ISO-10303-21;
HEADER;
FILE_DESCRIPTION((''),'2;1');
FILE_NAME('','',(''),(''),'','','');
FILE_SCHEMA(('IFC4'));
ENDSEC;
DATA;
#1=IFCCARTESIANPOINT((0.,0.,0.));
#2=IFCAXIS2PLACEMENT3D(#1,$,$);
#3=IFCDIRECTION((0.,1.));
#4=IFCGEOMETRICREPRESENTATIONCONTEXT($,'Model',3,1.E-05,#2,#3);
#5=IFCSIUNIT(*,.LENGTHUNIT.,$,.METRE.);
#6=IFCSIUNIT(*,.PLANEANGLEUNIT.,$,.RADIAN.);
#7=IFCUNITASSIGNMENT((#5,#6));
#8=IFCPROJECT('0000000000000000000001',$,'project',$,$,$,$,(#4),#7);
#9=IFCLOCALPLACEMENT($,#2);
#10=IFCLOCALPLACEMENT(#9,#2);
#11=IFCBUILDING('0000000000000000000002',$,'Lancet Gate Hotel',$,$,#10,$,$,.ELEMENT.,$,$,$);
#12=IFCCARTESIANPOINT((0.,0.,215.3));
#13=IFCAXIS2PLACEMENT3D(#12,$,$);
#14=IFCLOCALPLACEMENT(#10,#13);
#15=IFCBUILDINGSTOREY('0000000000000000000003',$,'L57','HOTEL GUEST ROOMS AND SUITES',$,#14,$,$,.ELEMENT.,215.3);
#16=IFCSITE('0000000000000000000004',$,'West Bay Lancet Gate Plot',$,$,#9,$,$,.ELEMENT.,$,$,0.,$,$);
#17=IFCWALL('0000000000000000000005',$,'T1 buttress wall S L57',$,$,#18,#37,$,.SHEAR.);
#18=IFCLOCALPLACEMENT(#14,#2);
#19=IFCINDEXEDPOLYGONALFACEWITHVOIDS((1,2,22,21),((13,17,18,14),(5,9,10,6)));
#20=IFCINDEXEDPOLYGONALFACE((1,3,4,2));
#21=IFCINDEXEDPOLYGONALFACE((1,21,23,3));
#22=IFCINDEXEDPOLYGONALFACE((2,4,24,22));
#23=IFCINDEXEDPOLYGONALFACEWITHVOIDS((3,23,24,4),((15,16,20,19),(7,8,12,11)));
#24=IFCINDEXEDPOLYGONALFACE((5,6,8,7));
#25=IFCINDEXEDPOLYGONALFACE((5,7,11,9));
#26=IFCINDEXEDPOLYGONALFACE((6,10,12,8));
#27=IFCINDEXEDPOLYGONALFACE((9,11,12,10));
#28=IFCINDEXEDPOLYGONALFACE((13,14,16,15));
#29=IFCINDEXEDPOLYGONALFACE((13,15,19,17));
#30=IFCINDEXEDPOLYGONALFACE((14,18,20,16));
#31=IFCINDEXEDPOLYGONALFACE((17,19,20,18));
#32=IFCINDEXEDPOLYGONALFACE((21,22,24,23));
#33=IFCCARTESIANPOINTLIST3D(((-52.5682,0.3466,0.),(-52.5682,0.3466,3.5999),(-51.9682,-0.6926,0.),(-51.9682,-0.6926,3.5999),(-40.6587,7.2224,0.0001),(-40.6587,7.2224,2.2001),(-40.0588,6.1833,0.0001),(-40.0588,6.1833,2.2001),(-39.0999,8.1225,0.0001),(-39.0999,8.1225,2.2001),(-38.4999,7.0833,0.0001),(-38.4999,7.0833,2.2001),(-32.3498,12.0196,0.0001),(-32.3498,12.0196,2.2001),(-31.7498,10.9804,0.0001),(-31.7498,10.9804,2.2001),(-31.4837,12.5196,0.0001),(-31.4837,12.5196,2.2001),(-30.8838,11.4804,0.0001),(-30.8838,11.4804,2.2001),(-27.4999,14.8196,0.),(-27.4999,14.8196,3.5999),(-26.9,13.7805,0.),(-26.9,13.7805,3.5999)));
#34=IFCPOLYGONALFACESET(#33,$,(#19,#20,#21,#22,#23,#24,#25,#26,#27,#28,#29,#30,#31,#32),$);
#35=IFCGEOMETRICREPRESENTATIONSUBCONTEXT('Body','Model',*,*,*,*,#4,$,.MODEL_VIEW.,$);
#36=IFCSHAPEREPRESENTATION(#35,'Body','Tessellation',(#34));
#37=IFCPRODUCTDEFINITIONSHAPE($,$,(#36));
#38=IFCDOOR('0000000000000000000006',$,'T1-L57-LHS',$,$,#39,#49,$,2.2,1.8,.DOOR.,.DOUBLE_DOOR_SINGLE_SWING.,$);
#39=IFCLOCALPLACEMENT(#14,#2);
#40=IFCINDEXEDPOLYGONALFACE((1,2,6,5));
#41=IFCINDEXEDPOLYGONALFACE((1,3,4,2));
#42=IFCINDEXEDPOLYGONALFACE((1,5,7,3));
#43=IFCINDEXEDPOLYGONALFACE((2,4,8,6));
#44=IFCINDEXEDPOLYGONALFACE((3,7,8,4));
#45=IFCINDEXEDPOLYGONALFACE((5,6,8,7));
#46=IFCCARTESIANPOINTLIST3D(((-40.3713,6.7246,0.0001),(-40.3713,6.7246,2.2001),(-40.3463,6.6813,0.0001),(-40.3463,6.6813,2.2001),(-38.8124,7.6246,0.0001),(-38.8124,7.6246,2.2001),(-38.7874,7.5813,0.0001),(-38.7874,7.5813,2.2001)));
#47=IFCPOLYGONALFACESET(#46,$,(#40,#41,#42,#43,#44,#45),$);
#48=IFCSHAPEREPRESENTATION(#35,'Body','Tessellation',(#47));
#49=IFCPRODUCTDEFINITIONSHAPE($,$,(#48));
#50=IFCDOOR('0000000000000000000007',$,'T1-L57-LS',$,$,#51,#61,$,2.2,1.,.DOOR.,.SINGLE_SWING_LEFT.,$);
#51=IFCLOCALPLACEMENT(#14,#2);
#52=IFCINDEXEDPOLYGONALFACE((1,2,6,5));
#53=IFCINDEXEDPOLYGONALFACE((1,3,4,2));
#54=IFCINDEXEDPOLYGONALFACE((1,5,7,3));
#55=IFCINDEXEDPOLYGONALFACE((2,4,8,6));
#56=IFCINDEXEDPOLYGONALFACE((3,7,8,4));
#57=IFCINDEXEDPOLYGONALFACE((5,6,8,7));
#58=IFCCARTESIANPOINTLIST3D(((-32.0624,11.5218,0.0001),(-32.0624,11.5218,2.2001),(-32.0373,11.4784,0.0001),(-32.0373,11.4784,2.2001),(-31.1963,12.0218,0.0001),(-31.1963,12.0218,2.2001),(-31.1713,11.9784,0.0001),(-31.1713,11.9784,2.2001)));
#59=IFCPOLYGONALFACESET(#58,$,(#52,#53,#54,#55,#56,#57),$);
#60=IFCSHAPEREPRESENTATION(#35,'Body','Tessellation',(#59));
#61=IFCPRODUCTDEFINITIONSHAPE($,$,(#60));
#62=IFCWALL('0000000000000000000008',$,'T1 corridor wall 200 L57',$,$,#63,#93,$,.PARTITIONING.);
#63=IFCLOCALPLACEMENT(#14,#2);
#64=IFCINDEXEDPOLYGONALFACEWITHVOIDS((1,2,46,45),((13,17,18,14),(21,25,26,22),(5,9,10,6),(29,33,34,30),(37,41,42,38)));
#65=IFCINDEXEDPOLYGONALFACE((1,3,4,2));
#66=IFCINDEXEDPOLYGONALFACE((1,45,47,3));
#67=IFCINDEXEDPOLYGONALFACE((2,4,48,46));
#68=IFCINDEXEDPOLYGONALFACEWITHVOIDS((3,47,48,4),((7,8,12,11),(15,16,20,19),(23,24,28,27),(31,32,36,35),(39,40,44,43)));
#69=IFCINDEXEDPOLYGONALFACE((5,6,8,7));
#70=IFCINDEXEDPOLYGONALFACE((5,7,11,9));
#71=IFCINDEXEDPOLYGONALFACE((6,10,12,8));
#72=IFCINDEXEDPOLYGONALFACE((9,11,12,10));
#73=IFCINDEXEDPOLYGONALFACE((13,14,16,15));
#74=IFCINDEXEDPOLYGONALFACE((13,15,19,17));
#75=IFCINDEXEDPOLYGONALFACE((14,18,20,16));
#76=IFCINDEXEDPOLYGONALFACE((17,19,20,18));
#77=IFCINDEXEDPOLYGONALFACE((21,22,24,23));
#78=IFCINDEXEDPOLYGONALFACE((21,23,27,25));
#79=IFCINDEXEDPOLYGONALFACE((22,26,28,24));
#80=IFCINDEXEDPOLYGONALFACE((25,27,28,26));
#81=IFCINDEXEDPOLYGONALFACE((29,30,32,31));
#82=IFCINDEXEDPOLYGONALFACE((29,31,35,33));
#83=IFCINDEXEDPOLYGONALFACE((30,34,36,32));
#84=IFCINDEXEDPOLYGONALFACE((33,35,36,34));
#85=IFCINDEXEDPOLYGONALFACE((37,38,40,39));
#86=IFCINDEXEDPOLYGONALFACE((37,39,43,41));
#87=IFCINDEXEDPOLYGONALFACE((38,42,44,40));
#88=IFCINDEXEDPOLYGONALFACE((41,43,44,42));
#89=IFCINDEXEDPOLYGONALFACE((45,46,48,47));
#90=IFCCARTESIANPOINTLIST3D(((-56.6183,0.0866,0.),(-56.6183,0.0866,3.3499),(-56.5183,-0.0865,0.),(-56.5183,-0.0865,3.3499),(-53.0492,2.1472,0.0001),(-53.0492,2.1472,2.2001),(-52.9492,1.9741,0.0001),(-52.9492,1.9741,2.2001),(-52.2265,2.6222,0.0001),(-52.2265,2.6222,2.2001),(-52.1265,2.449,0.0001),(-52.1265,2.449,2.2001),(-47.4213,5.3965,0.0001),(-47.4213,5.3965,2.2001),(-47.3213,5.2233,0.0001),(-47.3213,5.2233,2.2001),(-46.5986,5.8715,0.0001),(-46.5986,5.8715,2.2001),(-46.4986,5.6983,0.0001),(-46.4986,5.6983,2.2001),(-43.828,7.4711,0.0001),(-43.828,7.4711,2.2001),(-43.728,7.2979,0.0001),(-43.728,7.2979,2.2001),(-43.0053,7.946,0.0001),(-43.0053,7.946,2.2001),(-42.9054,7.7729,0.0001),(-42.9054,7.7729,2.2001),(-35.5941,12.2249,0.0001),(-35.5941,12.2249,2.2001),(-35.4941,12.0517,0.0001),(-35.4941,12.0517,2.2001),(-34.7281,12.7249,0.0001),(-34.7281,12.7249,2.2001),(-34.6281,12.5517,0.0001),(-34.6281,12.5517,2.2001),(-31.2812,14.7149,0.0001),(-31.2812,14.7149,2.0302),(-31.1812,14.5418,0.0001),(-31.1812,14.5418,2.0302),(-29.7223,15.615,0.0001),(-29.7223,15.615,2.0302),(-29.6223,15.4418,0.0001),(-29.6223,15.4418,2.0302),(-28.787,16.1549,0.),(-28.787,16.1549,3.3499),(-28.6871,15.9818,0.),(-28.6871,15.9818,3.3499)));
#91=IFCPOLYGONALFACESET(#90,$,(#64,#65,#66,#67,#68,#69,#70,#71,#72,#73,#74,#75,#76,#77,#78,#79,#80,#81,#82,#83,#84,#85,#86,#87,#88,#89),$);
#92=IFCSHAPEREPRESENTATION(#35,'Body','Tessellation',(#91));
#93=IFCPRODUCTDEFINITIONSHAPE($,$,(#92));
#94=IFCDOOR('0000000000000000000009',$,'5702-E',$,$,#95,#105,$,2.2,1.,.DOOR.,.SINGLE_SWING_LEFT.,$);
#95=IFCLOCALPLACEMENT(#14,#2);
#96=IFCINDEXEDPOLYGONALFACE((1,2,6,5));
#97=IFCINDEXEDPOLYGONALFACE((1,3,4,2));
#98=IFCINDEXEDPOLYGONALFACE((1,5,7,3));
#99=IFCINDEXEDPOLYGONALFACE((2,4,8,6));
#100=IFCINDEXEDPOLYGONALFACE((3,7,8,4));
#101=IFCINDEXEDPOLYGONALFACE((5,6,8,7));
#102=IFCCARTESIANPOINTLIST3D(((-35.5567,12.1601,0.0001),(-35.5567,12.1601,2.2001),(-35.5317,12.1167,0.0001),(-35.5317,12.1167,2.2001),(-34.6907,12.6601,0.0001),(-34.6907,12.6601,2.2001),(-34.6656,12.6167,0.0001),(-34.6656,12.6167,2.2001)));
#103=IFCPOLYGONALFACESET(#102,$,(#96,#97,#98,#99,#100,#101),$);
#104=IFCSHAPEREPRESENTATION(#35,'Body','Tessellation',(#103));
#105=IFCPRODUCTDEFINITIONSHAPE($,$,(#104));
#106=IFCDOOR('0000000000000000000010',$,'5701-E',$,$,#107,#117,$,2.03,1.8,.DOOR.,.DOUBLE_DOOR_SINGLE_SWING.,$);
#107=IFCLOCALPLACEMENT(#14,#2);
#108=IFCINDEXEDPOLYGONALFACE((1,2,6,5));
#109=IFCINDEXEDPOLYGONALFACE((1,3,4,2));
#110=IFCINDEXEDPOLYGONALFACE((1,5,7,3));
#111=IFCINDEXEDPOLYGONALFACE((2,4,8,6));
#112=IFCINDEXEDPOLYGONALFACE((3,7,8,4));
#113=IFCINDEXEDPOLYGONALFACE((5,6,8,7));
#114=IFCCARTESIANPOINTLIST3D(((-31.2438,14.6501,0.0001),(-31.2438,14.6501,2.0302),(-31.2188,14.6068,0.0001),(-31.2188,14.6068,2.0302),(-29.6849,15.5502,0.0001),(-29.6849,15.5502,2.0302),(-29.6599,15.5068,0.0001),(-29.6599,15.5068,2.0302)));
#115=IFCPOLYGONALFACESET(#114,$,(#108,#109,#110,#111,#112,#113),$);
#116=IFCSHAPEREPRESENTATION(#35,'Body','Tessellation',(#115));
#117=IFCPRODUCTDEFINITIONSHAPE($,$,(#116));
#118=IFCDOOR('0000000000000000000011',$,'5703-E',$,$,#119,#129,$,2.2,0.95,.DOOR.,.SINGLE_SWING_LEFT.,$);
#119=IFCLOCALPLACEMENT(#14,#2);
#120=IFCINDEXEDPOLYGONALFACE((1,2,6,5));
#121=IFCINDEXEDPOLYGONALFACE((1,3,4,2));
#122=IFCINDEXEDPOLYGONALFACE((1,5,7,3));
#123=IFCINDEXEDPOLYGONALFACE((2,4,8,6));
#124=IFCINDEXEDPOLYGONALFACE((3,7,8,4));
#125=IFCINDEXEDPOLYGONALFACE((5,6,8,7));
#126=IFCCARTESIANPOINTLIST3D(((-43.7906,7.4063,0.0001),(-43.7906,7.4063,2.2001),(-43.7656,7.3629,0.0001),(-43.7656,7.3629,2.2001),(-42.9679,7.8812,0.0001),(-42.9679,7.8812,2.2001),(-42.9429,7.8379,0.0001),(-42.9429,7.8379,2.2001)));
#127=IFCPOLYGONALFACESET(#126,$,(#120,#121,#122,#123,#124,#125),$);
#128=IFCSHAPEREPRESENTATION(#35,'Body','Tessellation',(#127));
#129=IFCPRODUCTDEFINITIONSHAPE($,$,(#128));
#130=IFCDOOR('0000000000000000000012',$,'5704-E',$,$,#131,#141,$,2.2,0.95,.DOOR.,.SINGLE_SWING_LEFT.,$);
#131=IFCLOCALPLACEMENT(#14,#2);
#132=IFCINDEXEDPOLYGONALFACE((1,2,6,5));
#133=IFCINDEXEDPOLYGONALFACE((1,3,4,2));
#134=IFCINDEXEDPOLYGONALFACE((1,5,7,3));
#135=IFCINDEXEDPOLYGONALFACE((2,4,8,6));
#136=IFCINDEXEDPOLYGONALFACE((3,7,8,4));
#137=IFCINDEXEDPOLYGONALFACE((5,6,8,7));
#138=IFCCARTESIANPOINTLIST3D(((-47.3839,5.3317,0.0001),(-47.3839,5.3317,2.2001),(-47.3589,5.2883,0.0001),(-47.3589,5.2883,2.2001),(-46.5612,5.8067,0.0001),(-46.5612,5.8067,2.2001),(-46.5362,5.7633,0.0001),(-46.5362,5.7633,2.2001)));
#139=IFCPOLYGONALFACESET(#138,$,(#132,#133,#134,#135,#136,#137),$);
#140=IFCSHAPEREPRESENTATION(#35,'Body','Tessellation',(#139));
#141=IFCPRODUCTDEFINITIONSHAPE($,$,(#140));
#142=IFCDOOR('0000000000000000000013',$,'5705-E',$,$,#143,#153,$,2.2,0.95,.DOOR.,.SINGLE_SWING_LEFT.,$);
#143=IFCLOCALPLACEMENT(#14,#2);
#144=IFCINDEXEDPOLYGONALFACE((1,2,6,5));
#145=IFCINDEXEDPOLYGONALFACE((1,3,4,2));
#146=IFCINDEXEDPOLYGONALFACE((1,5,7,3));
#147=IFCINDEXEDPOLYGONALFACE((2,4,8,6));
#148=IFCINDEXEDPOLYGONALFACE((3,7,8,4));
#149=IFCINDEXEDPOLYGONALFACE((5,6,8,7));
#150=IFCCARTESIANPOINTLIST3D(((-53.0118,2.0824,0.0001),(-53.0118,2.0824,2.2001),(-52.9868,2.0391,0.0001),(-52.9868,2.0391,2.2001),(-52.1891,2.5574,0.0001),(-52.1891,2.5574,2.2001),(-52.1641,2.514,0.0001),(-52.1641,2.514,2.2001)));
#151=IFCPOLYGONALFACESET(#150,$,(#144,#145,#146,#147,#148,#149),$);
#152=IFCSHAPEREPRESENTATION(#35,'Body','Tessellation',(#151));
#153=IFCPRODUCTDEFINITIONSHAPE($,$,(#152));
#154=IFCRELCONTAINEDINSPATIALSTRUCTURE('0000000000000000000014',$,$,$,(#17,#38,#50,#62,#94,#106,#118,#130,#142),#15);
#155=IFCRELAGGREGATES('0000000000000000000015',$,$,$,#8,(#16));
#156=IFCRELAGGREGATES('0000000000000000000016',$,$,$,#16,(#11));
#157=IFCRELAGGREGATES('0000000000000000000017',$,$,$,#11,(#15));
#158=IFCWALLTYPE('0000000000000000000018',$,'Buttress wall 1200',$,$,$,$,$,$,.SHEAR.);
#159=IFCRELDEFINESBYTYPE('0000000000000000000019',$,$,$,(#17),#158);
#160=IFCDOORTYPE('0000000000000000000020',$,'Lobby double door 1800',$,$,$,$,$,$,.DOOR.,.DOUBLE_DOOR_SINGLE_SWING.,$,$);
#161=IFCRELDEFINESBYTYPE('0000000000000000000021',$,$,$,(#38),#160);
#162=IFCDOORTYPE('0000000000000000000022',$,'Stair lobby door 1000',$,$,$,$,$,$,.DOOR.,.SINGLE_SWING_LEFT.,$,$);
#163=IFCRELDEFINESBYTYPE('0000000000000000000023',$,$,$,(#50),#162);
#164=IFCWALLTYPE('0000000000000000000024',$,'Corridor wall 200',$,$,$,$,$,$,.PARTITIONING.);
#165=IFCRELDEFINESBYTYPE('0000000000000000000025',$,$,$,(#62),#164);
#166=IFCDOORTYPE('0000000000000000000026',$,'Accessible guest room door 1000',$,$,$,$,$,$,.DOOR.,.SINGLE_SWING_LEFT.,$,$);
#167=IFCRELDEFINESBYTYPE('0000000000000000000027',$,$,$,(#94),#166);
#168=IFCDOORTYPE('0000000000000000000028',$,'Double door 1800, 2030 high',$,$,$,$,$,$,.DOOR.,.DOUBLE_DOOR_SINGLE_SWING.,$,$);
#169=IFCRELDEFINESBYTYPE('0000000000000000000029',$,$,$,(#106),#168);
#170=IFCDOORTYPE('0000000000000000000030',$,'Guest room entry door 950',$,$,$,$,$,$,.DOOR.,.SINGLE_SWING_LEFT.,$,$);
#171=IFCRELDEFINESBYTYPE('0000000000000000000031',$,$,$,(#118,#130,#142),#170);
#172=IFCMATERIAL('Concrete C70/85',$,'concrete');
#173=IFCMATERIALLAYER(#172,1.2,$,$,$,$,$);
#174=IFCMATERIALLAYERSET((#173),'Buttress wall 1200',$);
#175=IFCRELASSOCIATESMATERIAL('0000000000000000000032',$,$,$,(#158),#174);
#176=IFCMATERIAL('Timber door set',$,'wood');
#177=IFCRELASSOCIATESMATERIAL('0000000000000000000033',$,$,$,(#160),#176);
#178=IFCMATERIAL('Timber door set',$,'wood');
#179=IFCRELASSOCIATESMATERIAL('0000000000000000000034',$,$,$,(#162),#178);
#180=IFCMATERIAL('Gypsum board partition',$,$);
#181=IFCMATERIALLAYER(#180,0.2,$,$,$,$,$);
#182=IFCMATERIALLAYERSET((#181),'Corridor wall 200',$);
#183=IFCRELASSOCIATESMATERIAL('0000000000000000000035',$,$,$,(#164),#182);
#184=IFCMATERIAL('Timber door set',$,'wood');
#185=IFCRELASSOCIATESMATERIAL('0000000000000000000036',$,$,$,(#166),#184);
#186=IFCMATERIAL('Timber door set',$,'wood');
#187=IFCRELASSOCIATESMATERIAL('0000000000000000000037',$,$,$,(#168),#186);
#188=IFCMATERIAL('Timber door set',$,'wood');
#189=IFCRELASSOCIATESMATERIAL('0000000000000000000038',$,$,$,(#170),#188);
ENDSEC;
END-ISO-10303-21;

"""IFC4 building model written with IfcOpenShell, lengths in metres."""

from ifc_helpers import new_model, si_unit, direction, frame, frame_2d, origin, place, context, subcontext, project, spatial, rectangle, extrude, material, layer, layer_set, type_object, element, fill, save


model = new_model("IFC4")

# Units and contexts
model_context = context("Model", 3, precision=1e-05, world=origin(), true_north=direction((0.0, 1.0)))
body_context = subcontext(model_context, "Body", "Model", "MODEL_VIEW")
ifc_project = project(units=[si_unit("LENGTHUNIT", "METRE"), si_unit("PLANEANGLEUNIT", "RADIAN")], contexts=[model_context])

# Site, building, storey
site_placement = place(None, origin())
site = spatial("IfcSite", under=ifc_project, at=site_placement, Name="West Bay Lancet Gate Plot", CompositionType="ELEMENT", RefElevation=0.0)
building_placement = place(site_placement, origin())
building = spatial("IfcBuilding", under=site, at=building_placement, Name="Lancet Gate Hotel", CompositionType="ELEMENT")
storey_placement = place(building_placement, frame((0.0, 0.0, 215.3)))
storey = spatial("IfcBuildingStorey", under=building, at=storey_placement, Name="L57", Description="HOTEL GUEST ROOMS AND SUITES", CompositionType="ELEMENT", Elevation=215.3)

# Walls, openings, doors
ifc_material_1 = material(Name="Concrete C70/85", Category="concrete")
ifc_layer_1 = layer(ifc_material_1, 1.2)
ifc_layer_set_1 = layer_set([ifc_layer_1], Name="Buttress wall 1200")
wall_type_1 = type_object("IfcWallType", Name="Buttress wall 1200", PredefinedType="SHEAR", material=ifc_layer_set_1)
wall_1_placement = place(storey_placement, frame((-27.2, 14.3, 0.0), z_axis=(0.0, 0.0, 1.0), x_axis=(-0.866027, -0.499998, 0.0)))
wall_1 = element("IfcWall", 1, at=wall_1_placement, inside=storey, type_object=wall_type_1, Name="T1 buttress wall S L57", PredefinedType="SHEAR", context=body_context, shape_type="SweptSolid", body=[
    extrude(rectangle(XDim=28.9463, YDim=1.2, at=frame_2d((14.4731, 0.0))), origin(), (0.0, 0.0, 1.0), 3.5999),
])
opening_1_placement = place(wall_1_placement, frame((4.6001, 0.0, 0.0)))
opening_1 = element("IfcOpeningElement", 2, at=opening_1_placement, cuts=wall_1, PredefinedType="OPENING", context=body_context, shape_type="SweptSolid", body=[
    extrude(rectangle(XDim=1.0, YDim=2.2, at=frame_2d((0.5, 1.1001))), frame((0.0, 0.6099, 0.0), z_axis=(0.0, -1.0, 0.0), x_axis=(1.0, 0.0, 0.0)), (0.0, 0.0, 1.0), 1.22),
])
opening_2_placement = place(wall_1_placement, frame((13.3945, 0.0, 0.0)))
opening_2 = element("IfcOpeningElement", 3, at=opening_2_placement, cuts=wall_1, PredefinedType="OPENING", context=body_context, shape_type="SweptSolid", body=[
    extrude(rectangle(XDim=1.8, YDim=2.2, at=frame_2d((0.8999, 1.1001))), frame((0.0, 0.6099, 0.0), z_axis=(0.0, -1.0, 0.0), x_axis=(1.0, 0.0, 0.0)), (0.0, 0.0, 1.0), 1.22),
])
ifc_material_2 = material(Name="Timber door set", Category="wood")
door_type_1 = type_object("IfcDoorType", Name="Lobby double door 1800", OperationType="DOUBLE_DOOR_SINGLE_SWING", PredefinedType="DOOR", material=ifc_material_2)
door_1_placement = place(opening_2_placement, origin())
door_1 = element("IfcDoor", 4, at=door_1_placement, inside=storey, type_object=door_type_1, Name="T1-L57-LHS", OperationType="DOUBLE_DOOR_SINGLE_SWING", OverallHeight=2.2, OverallWidth=1.8, PredefinedType="DOOR", context=body_context, shape_type="SweptSolid", body=[
    extrude(rectangle(XDim=1.8, YDim=2.2, at=frame_2d((0.8999, 1.1001))), frame((0.0, 0.0249, 0.0), z_axis=(0.0, -1.0, 0.0), x_axis=(1.0, 0.0, 0.0)), (0.0, 0.0, 1.0), 0.05),
])
fill(opening_2, door_1)
ifc_material_3 = material(Name="Timber door set", Category="wood")
door_type_2 = type_object("IfcDoorType", Name="Stair lobby door 1000", OperationType="SINGLE_SWING_LEFT", PredefinedType="DOOR", material=ifc_material_3)
door_2_placement = place(opening_1_placement, origin())
door_2 = element("IfcDoor", 5, at=door_2_placement, inside=storey, type_object=door_type_2, Name="T1-L57-LS", OperationType="SINGLE_SWING_LEFT", OverallHeight=2.2, OverallWidth=1.0, PredefinedType="DOOR", context=body_context, shape_type="SweptSolid", body=[
    extrude(rectangle(XDim=1.0, YDim=2.2, at=frame_2d((0.5, 1.1001))), frame((0.0, 0.0249, 0.0), z_axis=(0.0, -1.0, 0.0), x_axis=(1.0, 0.0, 0.0)), (0.0, 0.0, 1.0), 0.05),
])
fill(opening_1, door_2)
ifc_material_4 = material(Name="Gypsum board partition")
ifc_layer_2 = layer(ifc_material_4, 0.2)
ifc_layer_set_2 = layer_set([ifc_layer_2], Name="Corridor wall 200")
wall_type_2 = type_object("IfcWallType", Name="Corridor wall 200", PredefinedType="PARTITIONING", material=ifc_layer_set_2)
wall_2_placement = place(storey_placement, frame((-28.7371, 16.0684, 0.0), z_axis=(0.0, 0.0, 1.0), x_axis=(-0.866026, -0.499999, 0.0)))
wall_2 = element("IfcWall", 6, at=wall_2_placement, inside=storey, type_object=wall_type_2, Name="T1 corridor wall 200 L57", PredefinedType="PARTITIONING", context=body_context, shape_type="SweptSolid", body=[
    extrude(rectangle(XDim=32.1367, YDim=0.2, at=frame_2d((16.0684, 0.0))), origin(), (0.0, 0.0, 1.0), 3.3499),
])
opening_3_placement = place(wall_2_placement, frame((1.0801, 0.0, 0.0)))
opening_3 = element("IfcOpeningElement", 7, at=opening_3_placement, cuts=wall_2, PredefinedType="OPENING", context=body_context, shape_type="SweptSolid", body=[
    extrude(rectangle(XDim=1.8, YDim=2.03, at=frame_2d((0.8999, 1.0151))), frame((0.0, 0.1099, 0.0), z_axis=(0.0, -1.0, 0.0), x_axis=(1.0, 0.0, 0.0)), (0.0, 0.0, 1.0), 0.22),
])
opening_4_placement = place(wall_2_placement, frame((6.8601, 0.0, 0.0)))
opening_4 = element("IfcOpeningElement", 8, at=opening_4_placement, cuts=wall_2, PredefinedType="OPENING", context=body_context, shape_type="SweptSolid", body=[
    extrude(rectangle(XDim=1.0, YDim=2.2, at=frame_2d((0.5, 1.1001))), frame((0.0, 0.1099, 0.0), z_axis=(0.0, -1.0, 0.0), x_axis=(1.0, 0.0, 0.0)), (0.0, 0.0, 1.0), 0.22),
])
opening_5_placement = place(wall_2_placement, frame((16.4177, 0.0, 0.0)))
opening_5 = element("IfcOpeningElement", 9, at=opening_5_placement, cuts=wall_2, PredefinedType="OPENING", context=body_context, shape_type="SweptSolid", body=[
    extrude(rectangle(XDim=0.95, YDim=2.2, at=frame_2d((0.4751, 1.1001))), frame((0.0, 0.1099, 0.0), z_axis=(0.0, -1.0, 0.0), x_axis=(1.0, 0.0, 0.0)), (0.0, 0.0, 1.0), 0.22),
])
opening_6_placement = place(wall_2_placement, frame((20.5669, 0.0, 0.0)))
opening_6 = element("IfcOpeningElement", 10, at=opening_6_placement, cuts=wall_2, PredefinedType="OPENING", context=body_context, shape_type="SweptSolid", body=[
    extrude(rectangle(XDim=0.95, YDim=2.2, at=frame_2d((0.4751, 1.1001))), frame((0.0, 0.1099, 0.0), z_axis=(0.0, -1.0, 0.0), x_axis=(1.0, 0.0, 0.0)), (0.0, 0.0, 1.0), 0.22),
])
opening_7_placement = place(wall_2_placement, frame((27.0654, 0.0, 0.0)))
opening_7 = element("IfcOpeningElement", 11, at=opening_7_placement, cuts=wall_2, PredefinedType="OPENING", context=body_context, shape_type="SweptSolid", body=[
    extrude(rectangle(XDim=0.95, YDim=2.2, at=frame_2d((0.4751, 1.1001))), frame((0.0, 0.1099, 0.0), z_axis=(0.0, -1.0, 0.0), x_axis=(1.0, 0.0, 0.0)), (0.0, 0.0, 1.0), 0.22),
])
ifc_material_5 = material(Name="Timber door set", Category="wood")
door_type_3 = type_object("IfcDoorType", Name="Accessible guest room door 1000", OperationType="SINGLE_SWING_LEFT", PredefinedType="DOOR", material=ifc_material_5)
door_3_placement = place(opening_4_placement, origin())
door_3 = element("IfcDoor", 12, at=door_3_placement, inside=storey, type_object=door_type_3, Name="5702-E", OperationType="SINGLE_SWING_LEFT", OverallHeight=2.2, OverallWidth=1.0, PredefinedType="DOOR", context=body_context, shape_type="SweptSolid", body=[
    extrude(rectangle(XDim=1.0, YDim=2.2, at=frame_2d((0.5, 1.1001))), frame((0.0, 0.0249, 0.0), z_axis=(0.0, -1.0, 0.0), x_axis=(1.0, 0.0, 0.0)), (0.0, 0.0, 1.0), 0.05),
])
fill(opening_4, door_3)
ifc_material_6 = material(Name="Timber door set", Category="wood")
door_type_4 = type_object("IfcDoorType", Name="Double door 1800, 2030 high", OperationType="DOUBLE_DOOR_SINGLE_SWING", PredefinedType="DOOR", material=ifc_material_6)
door_4_placement = place(opening_3_placement, origin())
door_4 = element("IfcDoor", 13, at=door_4_placement, inside=storey, type_object=door_type_4, Name="5701-E", OperationType="DOUBLE_DOOR_SINGLE_SWING", OverallHeight=2.03, OverallWidth=1.8, PredefinedType="DOOR", context=body_context, shape_type="SweptSolid", body=[
    extrude(rectangle(XDim=1.8, YDim=2.03, at=frame_2d((0.8999, 1.0151))), frame((0.0, 0.0249, 0.0), z_axis=(0.0, -1.0, 0.0), x_axis=(1.0, 0.0, 0.0)), (0.0, 0.0, 1.0), 0.05),
])
fill(opening_3, door_4)
ifc_material_7 = material(Name="Timber door set", Category="wood")
door_type_5 = type_object("IfcDoorType", Name="Guest room entry door 950", OperationType="SINGLE_SWING_LEFT", PredefinedType="DOOR", material=ifc_material_7)
door_5_placement = place(opening_5_placement, origin())
door_5 = element("IfcDoor", 14, at=door_5_placement, inside=storey, type_object=door_type_5, Name="5703-E", OperationType="SINGLE_SWING_LEFT", OverallHeight=2.2, OverallWidth=0.95, PredefinedType="DOOR", context=body_context, shape_type="SweptSolid", body=[
    extrude(rectangle(XDim=0.95, YDim=2.2, at=frame_2d((0.4751, 1.1001))), frame((0.0, 0.0249, 0.0), z_axis=(0.0, -1.0, 0.0), x_axis=(1.0, 0.0, 0.0)), (0.0, 0.0, 1.0), 0.05),
])
fill(opening_5, door_5)
door_6_placement = place(opening_6_placement, origin())
door_6 = element("IfcDoor", 15, at=door_6_placement, inside=storey, type_object=door_type_5, Name="5704-E", OperationType="SINGLE_SWING_LEFT", OverallHeight=2.2, OverallWidth=0.95, PredefinedType="DOOR", context=body_context, shape_type="SweptSolid", body=[
    extrude(rectangle(XDim=0.95, YDim=2.2, at=frame_2d((0.4751, 1.1001))), frame((0.0, 0.0249, 0.0), z_axis=(0.0, -1.0, 0.0), x_axis=(1.0, 0.0, 0.0)), (0.0, 0.0, 1.0), 0.05),
])
fill(opening_6, door_6)
door_7_placement = place(opening_7_placement, origin())
door_7 = element("IfcDoor", 16, at=door_7_placement, inside=storey, type_object=door_type_5, Name="5705-E", OperationType="SINGLE_SWING_LEFT", OverallHeight=2.2, OverallWidth=0.95, PredefinedType="DOOR", context=body_context, shape_type="SweptSolid", body=[
    extrude(rectangle(XDim=0.95, YDim=2.2, at=frame_2d((0.4751, 1.1001))), frame((0.0, 0.0249, 0.0), z_axis=(0.0, -1.0, 0.0), x_axis=(1.0, 0.0, 0.0)), (0.0, 0.0, 1.0), 0.05),
])
fill(opening_7, door_7)

save(model, "model.ifc")
